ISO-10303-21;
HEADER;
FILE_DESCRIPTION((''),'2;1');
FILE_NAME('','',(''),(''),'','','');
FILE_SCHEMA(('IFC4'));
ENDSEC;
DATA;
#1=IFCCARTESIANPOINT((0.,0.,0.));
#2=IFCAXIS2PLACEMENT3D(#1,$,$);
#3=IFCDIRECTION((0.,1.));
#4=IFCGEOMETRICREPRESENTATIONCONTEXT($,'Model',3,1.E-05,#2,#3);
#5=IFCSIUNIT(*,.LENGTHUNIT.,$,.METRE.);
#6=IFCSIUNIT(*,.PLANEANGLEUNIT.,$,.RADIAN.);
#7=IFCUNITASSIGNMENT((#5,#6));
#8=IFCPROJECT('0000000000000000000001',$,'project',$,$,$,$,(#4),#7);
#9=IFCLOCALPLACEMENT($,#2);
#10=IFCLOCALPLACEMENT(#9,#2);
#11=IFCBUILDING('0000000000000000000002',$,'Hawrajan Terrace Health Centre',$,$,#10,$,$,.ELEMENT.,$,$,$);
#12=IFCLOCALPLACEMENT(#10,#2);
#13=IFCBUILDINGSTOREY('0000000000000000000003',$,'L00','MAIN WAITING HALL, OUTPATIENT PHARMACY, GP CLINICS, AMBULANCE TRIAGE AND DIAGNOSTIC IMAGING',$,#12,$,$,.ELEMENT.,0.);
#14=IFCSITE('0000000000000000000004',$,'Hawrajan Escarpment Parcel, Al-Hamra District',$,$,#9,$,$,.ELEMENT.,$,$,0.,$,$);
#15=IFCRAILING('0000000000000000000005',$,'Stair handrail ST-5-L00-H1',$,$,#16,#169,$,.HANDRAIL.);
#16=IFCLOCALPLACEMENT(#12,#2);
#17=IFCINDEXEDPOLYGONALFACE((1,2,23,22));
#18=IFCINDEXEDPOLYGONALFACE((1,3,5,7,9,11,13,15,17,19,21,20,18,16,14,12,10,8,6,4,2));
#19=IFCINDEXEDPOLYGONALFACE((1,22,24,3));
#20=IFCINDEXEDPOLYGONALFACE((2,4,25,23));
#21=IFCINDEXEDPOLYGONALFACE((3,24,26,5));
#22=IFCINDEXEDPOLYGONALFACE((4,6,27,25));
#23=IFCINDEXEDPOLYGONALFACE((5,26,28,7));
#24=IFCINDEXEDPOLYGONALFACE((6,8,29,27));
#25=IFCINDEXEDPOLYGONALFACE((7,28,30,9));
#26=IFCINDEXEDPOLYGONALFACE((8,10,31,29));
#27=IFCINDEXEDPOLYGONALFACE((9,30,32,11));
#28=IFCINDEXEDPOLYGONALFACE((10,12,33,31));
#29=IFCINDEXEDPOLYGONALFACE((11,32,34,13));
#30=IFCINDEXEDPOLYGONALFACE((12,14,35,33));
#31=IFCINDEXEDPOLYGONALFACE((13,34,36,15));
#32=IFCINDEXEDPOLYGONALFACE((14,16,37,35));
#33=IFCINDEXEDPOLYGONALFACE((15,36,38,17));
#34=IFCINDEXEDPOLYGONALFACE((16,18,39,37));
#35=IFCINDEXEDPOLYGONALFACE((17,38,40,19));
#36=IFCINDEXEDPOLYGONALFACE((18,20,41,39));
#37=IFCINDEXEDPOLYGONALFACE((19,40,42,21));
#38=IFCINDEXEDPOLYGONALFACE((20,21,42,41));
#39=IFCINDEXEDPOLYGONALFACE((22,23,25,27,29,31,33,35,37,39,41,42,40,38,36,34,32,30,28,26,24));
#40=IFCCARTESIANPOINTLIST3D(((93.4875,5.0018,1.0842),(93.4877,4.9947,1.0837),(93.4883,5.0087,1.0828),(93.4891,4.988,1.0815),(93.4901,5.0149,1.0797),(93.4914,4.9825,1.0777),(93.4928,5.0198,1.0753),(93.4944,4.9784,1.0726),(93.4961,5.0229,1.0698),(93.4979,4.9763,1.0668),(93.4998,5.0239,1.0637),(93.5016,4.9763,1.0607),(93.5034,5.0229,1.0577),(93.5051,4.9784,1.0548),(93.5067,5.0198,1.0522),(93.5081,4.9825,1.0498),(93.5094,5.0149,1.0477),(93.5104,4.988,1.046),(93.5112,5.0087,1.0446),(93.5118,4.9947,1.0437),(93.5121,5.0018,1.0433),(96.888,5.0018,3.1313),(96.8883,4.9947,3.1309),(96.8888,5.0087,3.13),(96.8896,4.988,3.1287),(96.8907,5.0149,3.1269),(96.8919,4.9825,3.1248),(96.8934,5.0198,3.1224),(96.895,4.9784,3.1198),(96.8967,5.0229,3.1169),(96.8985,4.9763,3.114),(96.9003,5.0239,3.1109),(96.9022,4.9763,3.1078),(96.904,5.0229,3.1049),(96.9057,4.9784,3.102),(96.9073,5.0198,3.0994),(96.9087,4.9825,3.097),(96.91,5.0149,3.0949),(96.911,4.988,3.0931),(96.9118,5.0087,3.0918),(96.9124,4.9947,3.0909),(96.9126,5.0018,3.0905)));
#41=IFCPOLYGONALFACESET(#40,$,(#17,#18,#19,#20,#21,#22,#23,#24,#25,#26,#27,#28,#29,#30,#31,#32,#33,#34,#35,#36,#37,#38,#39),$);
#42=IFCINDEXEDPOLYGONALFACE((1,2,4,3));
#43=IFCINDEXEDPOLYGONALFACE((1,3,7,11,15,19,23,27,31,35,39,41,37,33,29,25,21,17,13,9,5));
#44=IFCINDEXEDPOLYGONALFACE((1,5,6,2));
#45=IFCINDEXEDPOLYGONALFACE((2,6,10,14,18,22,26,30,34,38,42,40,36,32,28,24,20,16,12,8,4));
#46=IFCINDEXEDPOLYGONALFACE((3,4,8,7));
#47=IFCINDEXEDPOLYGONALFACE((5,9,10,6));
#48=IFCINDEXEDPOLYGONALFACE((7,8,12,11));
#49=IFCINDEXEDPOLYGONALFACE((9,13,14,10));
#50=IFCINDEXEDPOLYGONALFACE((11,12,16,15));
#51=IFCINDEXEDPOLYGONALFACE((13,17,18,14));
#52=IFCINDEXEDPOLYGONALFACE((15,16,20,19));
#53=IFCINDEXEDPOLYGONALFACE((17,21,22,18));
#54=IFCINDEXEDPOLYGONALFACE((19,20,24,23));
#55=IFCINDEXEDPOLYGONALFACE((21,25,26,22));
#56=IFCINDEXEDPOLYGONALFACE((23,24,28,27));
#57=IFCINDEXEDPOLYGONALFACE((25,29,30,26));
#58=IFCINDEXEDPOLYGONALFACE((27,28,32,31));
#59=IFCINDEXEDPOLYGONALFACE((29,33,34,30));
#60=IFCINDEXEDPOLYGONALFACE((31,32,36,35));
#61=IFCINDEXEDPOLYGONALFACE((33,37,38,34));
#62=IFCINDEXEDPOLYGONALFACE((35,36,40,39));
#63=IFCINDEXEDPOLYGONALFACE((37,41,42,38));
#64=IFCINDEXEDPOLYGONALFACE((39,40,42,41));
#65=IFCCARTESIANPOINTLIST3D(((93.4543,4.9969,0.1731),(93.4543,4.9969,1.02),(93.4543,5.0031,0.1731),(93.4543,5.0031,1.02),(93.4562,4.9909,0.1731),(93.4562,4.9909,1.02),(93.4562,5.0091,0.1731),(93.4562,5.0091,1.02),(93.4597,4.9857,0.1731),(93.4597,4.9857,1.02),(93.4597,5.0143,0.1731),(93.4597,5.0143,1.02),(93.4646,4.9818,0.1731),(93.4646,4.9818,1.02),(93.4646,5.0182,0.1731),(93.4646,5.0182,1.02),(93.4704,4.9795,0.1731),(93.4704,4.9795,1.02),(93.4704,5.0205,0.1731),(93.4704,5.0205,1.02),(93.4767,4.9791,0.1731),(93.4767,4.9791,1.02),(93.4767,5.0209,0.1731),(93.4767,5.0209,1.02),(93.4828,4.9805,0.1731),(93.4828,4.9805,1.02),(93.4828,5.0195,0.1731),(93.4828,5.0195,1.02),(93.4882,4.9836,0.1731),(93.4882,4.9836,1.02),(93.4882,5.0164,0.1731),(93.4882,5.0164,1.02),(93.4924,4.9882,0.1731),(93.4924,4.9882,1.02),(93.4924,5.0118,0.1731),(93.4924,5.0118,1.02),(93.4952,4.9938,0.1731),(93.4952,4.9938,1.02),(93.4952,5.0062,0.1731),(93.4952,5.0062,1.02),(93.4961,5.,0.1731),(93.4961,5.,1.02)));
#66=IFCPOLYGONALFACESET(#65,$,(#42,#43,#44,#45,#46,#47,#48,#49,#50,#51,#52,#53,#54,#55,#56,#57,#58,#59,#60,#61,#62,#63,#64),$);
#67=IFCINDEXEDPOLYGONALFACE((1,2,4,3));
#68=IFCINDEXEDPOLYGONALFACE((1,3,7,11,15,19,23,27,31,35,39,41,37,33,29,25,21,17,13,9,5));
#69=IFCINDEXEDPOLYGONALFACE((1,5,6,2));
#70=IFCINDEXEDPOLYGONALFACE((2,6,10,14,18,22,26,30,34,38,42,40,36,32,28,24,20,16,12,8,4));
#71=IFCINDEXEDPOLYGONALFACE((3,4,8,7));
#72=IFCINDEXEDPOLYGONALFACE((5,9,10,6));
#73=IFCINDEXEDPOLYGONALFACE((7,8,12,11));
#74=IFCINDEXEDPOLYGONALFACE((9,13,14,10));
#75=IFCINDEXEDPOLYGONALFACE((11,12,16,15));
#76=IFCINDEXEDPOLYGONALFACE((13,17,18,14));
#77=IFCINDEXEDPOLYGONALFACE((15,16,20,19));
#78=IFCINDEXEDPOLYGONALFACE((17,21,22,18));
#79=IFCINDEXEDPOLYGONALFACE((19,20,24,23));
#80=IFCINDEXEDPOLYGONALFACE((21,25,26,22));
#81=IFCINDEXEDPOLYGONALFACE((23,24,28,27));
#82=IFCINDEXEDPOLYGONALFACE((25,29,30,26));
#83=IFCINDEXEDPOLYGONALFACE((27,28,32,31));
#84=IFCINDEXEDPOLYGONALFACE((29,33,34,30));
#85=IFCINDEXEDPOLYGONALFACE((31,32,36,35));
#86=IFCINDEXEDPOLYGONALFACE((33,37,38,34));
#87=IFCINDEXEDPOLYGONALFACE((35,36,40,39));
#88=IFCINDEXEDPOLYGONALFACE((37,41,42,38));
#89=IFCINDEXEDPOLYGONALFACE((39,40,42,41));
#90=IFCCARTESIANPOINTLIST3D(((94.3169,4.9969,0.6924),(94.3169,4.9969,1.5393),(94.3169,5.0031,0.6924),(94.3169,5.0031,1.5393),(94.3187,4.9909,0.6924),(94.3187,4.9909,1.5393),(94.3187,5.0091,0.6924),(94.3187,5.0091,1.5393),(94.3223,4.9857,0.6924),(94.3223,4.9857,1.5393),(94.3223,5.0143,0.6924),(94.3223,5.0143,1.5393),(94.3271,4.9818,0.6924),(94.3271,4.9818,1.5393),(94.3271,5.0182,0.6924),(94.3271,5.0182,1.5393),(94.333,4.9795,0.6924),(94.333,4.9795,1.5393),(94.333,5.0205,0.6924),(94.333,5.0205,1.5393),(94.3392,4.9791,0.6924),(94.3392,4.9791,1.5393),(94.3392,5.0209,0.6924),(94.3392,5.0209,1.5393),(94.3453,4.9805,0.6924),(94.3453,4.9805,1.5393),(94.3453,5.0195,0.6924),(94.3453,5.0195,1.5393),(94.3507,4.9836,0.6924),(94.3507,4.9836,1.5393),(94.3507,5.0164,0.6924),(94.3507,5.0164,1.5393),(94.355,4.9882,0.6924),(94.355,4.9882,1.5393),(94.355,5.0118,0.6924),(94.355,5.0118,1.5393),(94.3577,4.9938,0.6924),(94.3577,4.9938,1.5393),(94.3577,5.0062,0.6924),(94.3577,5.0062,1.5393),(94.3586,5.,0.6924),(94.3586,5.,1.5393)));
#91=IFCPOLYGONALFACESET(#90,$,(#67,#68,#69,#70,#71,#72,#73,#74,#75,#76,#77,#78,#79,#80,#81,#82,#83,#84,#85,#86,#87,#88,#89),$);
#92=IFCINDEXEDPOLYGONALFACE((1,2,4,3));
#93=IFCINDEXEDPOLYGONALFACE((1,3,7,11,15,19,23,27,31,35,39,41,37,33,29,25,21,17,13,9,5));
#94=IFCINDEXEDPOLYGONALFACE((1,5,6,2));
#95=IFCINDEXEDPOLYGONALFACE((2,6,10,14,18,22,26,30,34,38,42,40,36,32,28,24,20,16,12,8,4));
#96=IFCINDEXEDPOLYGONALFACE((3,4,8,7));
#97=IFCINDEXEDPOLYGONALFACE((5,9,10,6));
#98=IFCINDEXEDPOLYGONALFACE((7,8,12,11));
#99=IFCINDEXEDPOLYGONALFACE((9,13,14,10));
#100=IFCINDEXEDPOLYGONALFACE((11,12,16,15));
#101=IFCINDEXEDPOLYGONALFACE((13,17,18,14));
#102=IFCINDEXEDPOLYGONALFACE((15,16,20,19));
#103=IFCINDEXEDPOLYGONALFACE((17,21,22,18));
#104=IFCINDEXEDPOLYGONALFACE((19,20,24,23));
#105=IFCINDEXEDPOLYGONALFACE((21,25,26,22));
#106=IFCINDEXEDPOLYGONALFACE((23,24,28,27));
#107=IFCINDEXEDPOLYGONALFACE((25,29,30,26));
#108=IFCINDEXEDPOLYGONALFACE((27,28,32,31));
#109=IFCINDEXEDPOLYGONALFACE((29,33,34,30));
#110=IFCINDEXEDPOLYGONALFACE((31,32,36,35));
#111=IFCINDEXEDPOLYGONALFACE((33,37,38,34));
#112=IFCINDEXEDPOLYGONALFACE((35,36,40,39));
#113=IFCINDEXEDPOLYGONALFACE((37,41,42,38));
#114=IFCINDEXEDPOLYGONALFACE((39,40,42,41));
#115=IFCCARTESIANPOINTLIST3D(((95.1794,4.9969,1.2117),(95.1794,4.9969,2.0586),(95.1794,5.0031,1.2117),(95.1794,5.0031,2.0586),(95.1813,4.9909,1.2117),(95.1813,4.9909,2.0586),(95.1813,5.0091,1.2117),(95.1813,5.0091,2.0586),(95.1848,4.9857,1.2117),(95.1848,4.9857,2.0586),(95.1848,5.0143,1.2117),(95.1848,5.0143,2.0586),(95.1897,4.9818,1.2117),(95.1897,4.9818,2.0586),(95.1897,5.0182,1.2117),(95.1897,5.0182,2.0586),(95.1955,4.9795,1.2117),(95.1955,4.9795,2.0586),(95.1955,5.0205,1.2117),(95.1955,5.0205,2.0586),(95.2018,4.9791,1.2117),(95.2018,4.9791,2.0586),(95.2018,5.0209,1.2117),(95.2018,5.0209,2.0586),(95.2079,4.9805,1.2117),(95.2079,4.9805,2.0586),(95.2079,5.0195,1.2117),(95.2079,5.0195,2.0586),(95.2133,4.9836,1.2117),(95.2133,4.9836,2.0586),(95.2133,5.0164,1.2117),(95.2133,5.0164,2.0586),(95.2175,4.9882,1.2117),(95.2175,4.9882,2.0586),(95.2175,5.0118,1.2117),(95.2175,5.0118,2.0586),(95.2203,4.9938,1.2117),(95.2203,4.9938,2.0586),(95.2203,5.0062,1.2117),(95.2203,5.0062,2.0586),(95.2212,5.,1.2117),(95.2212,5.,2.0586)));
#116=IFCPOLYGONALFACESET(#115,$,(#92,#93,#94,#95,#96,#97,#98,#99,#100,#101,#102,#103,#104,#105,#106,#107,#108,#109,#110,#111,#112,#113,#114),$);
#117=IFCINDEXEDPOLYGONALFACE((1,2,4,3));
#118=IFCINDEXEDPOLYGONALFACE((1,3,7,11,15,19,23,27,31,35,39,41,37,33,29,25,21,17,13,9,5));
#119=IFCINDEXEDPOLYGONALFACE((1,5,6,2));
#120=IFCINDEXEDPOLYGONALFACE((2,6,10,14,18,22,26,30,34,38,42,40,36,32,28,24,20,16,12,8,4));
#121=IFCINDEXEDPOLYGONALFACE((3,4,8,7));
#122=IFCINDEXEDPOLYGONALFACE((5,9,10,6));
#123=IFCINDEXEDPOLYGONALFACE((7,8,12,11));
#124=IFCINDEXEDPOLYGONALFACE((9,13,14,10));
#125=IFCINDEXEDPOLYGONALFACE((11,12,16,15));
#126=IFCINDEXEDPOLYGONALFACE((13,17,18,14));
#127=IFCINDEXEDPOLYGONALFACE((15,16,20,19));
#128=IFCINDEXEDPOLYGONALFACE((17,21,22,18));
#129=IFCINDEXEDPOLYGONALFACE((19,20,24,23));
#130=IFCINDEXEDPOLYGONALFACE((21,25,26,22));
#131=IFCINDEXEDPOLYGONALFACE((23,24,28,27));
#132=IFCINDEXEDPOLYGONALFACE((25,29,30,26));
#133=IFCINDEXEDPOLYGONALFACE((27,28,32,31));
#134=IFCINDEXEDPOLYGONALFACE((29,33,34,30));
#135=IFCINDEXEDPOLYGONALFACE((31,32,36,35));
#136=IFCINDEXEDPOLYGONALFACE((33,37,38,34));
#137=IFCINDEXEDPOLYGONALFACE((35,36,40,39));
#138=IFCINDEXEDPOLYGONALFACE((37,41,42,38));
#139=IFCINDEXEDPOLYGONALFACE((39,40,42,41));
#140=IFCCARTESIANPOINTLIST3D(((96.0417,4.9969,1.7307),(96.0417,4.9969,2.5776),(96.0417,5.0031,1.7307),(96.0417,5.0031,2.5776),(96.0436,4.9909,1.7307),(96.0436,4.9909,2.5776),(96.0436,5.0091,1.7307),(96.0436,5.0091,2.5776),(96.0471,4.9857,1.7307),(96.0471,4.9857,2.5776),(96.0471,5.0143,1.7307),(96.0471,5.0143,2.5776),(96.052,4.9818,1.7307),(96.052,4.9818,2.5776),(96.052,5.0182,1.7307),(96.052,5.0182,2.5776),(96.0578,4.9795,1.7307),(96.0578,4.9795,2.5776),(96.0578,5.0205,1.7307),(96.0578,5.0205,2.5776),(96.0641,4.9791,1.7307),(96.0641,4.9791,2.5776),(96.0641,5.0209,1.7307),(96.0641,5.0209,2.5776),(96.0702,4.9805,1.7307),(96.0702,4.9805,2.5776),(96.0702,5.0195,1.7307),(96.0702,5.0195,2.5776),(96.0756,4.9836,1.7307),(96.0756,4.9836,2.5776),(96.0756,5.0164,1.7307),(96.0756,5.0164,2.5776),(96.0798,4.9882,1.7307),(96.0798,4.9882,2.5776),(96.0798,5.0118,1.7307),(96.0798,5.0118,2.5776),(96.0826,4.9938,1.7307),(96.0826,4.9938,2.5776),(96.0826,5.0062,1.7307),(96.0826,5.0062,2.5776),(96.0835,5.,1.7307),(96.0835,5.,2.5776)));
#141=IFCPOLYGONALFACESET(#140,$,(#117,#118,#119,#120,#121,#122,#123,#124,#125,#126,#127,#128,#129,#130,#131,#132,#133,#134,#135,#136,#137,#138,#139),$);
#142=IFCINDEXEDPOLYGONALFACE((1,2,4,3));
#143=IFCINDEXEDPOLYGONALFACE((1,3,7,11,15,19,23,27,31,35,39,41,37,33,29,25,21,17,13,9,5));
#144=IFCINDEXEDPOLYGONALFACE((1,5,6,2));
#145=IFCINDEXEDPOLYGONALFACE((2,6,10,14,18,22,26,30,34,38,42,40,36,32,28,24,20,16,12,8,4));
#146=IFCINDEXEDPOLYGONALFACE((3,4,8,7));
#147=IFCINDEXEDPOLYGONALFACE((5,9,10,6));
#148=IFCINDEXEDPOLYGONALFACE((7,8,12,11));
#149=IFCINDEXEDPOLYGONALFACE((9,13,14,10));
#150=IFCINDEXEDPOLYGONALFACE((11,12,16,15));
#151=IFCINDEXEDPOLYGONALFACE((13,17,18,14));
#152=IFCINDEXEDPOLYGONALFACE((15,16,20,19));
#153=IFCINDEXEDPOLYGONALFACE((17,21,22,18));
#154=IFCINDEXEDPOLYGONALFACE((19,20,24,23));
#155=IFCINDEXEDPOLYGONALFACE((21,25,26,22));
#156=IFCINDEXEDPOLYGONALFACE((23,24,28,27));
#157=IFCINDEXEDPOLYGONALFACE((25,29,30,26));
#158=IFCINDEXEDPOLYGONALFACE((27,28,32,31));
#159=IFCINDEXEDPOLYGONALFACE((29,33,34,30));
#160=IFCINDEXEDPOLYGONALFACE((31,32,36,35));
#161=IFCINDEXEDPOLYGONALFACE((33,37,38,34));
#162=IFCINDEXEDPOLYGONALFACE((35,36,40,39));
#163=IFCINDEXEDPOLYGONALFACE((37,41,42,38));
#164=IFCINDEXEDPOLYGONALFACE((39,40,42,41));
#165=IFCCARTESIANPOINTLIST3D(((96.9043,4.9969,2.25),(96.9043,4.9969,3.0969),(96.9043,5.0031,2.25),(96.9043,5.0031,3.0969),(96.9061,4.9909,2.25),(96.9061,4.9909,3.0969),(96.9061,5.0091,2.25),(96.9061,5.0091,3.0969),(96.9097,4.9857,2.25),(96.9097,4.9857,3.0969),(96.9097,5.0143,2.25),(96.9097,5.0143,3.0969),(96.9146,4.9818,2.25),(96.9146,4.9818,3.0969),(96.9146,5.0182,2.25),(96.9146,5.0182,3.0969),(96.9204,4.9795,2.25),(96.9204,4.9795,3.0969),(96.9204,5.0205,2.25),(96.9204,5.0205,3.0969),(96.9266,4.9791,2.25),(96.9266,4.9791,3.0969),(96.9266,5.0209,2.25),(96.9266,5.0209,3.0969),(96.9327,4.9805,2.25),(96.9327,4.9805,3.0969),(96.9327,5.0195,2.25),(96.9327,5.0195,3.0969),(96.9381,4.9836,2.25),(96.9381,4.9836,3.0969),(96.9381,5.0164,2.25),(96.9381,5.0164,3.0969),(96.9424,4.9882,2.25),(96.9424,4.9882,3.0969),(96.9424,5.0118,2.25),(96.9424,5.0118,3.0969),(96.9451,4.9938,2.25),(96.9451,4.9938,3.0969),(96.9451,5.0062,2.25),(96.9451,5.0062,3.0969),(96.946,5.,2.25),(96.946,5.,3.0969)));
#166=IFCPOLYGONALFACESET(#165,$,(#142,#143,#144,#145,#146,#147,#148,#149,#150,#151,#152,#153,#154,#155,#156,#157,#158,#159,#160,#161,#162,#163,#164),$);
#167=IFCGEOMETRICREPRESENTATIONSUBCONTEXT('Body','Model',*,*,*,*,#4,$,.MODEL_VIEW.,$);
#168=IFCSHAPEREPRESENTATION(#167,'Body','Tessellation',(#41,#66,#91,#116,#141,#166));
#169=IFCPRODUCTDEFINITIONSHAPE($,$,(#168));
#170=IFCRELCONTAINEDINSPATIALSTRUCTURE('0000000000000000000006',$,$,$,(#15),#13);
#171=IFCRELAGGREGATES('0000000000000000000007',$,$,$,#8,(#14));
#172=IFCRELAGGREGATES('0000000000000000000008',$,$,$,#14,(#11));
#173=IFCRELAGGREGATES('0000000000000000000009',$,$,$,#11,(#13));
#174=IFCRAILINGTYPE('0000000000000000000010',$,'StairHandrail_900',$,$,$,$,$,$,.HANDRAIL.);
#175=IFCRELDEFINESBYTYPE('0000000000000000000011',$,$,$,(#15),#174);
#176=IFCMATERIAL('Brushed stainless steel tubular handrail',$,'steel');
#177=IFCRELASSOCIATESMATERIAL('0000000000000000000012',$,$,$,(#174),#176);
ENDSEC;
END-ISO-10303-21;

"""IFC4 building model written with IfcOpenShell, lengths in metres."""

from ifc_helpers import new_model, si_unit, direction, frame, origin, origin_2d, place, context, subcontext, project, spatial, circle, extrude, material, type_object, element, save


model = new_model("IFC4")

# Units and contexts
model_context = context("Model", 3, precision=1e-05, world=origin(), true_north=direction((0.0, 1.0)))
body_context = subcontext(model_context, "Body", "Model", "MODEL_VIEW")
ifc_project = project(units=[si_unit("LENGTHUNIT", "METRE"), si_unit("PLANEANGLEUNIT", "RADIAN")], contexts=[model_context])

# Site, building, storey
site_placement = place(None, origin())
site = spatial("IfcSite", under=ifc_project, at=site_placement, Name="Hawrajan Escarpment Parcel, Al-Hamra District", CompositionType="ELEMENT", RefElevation=0.0)
building_placement = place(site_placement, origin())
building = spatial("IfcBuilding", under=site, at=building_placement, Name="Hawrajan Terrace Health Centre", CompositionType="ELEMENT")
storey_placement = place(building_placement, origin())
storey = spatial("IfcBuildingStorey", under=building, at=storey_placement, Name="L00", Description="MAIN WAITING HALL, OUTPATIENT PHARMACY, GP CLINICS, AMBULANCE TRIAGE AND DIAGNOSTIC IMAGING", CompositionType="ELEMENT", Elevation=0.0)

# Railing
ifc_material_1 = material(Name="Brushed stainless steel tubular handrail", Category="steel")
railing_type_1 = type_object("IfcRailingType", Name="StairHandrail_900", PredefinedType="HANDRAIL", material=ifc_material_1)
railing_1_placement = place(storey_placement, frame((93.4751, 5.0, 0.1731)))
element("IfcRailing", 1, at=railing_1_placement, inside=storey, type_object=railing_type_1, Name="Stair handrail ST-5-L00-H1", PredefinedType="HANDRAIL", context=body_context, shape_type="SweptSolid", body=[
    extrude(circle(Radius=0.0239, at=origin_2d()), frame((0.0247, 0.0, 0.8906), z_axis=(0.856732, 0.0, 0.515761), x_axis=(0.0, 1.0, 0.0)), (0.0, 0.0, 1.0), 3.9692),
    extrude(circle(Radius=0.021, at=origin_2d()), origin(), (0.0, 0.0, 1.0), 0.8469),
    extrude(circle(Radius=0.021, at=origin_2d()), frame((0.8625, 0.0, 0.5193)), (0.0, 0.0, 1.0), 0.8469),
    extrude(circle(Radius=0.021, at=origin_2d()), frame((1.7251, 0.0, 1.0386)), (0.0, 0.0, 1.0), 0.8469),
    extrude(circle(Radius=0.021, at=origin_2d()), frame((2.5874, 0.0, 1.5576)), (0.0, 0.0, 1.0), 0.8469),
    extrude(circle(Radius=0.021, at=origin_2d()), frame((3.45, 0.0, 2.0769)), (0.0, 0.0, 1.0), 0.8469),
])

save(model, "model.ifc")
